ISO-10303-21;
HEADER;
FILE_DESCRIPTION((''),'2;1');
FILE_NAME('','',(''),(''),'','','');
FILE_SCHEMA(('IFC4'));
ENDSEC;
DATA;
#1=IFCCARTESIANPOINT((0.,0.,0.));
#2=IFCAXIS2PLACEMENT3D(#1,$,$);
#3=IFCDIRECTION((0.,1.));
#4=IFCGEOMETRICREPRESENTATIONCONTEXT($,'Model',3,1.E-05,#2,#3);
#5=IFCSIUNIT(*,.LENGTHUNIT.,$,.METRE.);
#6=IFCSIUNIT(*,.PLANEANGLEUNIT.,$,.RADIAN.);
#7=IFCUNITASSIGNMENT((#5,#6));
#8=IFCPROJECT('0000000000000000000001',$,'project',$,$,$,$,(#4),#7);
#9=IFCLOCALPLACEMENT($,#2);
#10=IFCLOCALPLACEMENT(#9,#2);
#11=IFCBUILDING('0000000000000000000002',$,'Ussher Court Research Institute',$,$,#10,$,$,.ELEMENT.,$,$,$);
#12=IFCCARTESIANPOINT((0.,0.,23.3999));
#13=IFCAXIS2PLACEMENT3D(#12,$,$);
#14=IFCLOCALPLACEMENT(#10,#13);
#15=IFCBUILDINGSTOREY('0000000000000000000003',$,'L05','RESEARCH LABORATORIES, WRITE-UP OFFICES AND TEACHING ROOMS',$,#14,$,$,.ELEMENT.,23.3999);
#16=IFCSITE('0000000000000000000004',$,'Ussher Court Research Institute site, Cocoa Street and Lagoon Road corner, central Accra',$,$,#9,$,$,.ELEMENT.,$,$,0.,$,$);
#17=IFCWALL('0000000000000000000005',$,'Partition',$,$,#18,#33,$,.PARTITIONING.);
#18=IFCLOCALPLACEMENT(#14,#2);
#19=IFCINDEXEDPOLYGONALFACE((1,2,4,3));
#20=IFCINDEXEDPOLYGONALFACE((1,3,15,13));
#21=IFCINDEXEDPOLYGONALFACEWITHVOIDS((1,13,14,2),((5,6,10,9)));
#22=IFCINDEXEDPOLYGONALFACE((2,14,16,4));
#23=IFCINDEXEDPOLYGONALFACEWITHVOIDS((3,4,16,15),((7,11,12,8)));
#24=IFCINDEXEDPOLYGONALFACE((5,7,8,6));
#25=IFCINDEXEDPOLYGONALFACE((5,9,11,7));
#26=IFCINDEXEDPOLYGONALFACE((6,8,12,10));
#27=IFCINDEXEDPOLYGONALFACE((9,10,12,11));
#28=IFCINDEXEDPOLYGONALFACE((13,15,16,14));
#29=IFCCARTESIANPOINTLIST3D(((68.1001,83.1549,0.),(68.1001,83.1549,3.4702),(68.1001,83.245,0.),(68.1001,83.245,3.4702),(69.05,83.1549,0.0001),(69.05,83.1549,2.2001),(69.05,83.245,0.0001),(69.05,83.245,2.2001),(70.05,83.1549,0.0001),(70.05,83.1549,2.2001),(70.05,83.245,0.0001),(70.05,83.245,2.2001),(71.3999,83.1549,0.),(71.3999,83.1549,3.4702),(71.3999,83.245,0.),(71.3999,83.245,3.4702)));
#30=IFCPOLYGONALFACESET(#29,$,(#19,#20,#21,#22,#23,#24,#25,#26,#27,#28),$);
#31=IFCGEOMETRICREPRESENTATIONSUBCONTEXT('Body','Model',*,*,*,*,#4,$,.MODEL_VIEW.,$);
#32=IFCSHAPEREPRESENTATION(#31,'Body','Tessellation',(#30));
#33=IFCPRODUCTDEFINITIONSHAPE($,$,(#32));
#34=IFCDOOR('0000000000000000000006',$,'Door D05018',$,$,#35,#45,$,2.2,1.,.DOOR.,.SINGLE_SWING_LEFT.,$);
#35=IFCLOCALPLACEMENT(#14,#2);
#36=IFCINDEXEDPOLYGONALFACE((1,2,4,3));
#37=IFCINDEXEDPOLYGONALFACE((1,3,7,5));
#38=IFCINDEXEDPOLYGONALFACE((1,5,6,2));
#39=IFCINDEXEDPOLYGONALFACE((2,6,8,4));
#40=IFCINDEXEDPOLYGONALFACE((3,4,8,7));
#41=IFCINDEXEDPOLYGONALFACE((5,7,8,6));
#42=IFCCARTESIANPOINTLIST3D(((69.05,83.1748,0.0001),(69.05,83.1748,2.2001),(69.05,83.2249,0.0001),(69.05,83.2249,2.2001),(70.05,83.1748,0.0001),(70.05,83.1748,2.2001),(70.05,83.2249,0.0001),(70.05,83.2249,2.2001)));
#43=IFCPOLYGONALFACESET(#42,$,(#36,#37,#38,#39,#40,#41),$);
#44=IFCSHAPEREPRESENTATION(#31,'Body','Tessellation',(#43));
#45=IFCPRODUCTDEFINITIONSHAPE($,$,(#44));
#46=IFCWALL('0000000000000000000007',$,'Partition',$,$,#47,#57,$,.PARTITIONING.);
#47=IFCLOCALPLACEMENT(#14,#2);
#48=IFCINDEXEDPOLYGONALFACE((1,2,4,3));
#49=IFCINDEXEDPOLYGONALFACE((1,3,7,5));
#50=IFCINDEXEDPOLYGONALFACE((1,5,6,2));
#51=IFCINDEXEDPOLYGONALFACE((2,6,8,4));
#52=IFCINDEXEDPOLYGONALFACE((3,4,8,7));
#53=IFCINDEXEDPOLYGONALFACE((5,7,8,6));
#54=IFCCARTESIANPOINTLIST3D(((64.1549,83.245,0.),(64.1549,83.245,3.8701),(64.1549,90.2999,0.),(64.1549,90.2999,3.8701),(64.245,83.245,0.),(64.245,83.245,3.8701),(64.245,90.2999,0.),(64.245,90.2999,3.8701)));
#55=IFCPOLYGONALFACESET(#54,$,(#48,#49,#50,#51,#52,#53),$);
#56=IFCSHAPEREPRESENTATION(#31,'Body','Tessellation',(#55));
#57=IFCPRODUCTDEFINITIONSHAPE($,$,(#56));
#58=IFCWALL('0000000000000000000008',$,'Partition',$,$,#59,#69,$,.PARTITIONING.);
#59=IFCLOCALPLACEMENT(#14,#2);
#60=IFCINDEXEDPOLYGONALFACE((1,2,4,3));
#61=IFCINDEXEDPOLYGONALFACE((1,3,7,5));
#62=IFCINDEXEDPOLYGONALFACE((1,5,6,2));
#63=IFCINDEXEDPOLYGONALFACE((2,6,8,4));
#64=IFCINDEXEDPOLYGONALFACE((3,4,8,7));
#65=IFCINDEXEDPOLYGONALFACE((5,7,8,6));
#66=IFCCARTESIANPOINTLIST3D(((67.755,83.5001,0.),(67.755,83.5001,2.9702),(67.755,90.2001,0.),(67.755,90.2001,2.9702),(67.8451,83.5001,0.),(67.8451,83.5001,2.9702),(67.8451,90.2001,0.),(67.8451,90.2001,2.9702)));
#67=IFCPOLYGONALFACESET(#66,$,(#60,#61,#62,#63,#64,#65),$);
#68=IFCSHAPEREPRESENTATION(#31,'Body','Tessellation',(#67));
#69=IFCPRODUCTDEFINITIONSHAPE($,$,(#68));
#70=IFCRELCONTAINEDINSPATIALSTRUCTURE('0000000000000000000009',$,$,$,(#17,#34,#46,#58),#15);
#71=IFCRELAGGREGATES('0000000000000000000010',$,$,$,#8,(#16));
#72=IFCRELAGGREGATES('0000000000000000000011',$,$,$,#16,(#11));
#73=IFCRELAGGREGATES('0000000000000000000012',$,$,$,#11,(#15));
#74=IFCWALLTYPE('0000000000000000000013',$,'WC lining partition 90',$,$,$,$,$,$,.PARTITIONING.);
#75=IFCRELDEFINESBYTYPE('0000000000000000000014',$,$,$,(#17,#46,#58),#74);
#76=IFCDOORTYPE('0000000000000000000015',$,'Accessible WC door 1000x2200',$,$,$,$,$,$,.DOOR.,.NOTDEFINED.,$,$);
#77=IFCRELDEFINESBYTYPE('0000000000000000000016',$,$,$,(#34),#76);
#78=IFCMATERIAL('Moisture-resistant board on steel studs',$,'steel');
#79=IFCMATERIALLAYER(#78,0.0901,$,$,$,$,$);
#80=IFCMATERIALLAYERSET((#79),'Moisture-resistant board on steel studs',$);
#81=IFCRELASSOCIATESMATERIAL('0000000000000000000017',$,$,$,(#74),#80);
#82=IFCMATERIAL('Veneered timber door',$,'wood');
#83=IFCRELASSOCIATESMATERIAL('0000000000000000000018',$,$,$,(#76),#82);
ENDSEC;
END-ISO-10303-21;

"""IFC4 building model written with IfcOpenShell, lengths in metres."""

from ifc_helpers import new_model, si_unit, direction, frame, frame_2d, origin, place, context, subcontext, project, spatial, rectangle, extrude, material, layer, layer_set, type_object, element, fill, save


model = new_model("IFC4")

# Units and contexts
model_context = context("Model", 3, precision=1e-05, world=origin(), true_north=direction((0.0, 1.0)))
body_context = subcontext(model_context, "Body", "Model", "MODEL_VIEW")
ifc_project = project(units=[si_unit("LENGTHUNIT", "METRE"), si_unit("PLANEANGLEUNIT", "RADIAN")], contexts=[model_context])

# Site, building, storey
site_placement = place(None, origin())
site = spatial("IfcSite", under=ifc_project, at=site_placement, Name="Ussher Court Research Institute site, Cocoa Street and Lagoon Road corner, central Accra", CompositionType="ELEMENT", RefElevation=0.0)
building_placement = place(site_placement, origin())
building = spatial("IfcBuilding", under=site, at=building_placement, Name="Ussher Court Research Institute", CompositionType="ELEMENT")
storey_placement = place(building_placement, frame((0.0, 0.0, 23.3999)))
storey = spatial("IfcBuildingStorey", under=building, at=storey_placement, Name="L05", Description="RESEARCH LABORATORIES, WRITE-UP OFFICES AND TEACHING ROOMS", CompositionType="ELEMENT", Elevation=23.3999)

# Wall, opening, door
ifc_material_1 = material(Name="Moisture-resistant board on steel studs", Category="steel")
ifc_layer_1 = layer(ifc_material_1, 0.0901)
ifc_layer_set_1 = layer_set([ifc_layer_1], Name="Moisture-resistant board on steel studs")
wall_type_1 = type_object("IfcWallType", Name="WC lining partition 90", PredefinedType="PARTITIONING", material=ifc_layer_set_1)
wall_1_placement = place(storey_placement, frame((68.1001, 83.2, 0.0), z_axis=(0.0, 0.0, 1.0), x_axis=(1.0, 0.0, 0.0)))
wall_1 = element("IfcWall", 1, at=wall_1_placement, inside=storey, type_object=wall_type_1, Name="Partition", PredefinedType="PARTITIONING", context=body_context, shape_type="SweptSolid", body=[
    extrude(rectangle(XDim=3.2998, YDim=0.0901, at=frame_2d((1.6499, 0.0))), origin(), (0.0, 0.0, 1.0), 3.4702),
])
opening_1_placement = place(wall_1_placement, frame((0.95, 0.0, 0.0)))
opening_1 = element("IfcOpeningElement", 2, at=opening_1_placement, cuts=wall_1, PredefinedType="OPENING", context=body_context, shape_type="SweptSolid", body=[
    extrude(rectangle(XDim=1.0, YDim=2.2, at=frame_2d((0.5, 1.1001))), frame((0.0, 0.0552, 0.0), z_axis=(0.0, -1.0, 0.0), x_axis=(1.0, 0.0, 0.0)), (0.0, 0.0, 1.0), 0.1101),
])
ifc_material_2 = material(Name="Veneered timber door", Category="wood")
door_type_1 = type_object("IfcDoorType", Name="Accessible WC door 1000x2200", OperationType="NOTDEFINED", PredefinedType="DOOR", material=ifc_material_2)
door_1_placement = place(opening_1_placement, origin())
door_1 = element("IfcDoor", 3, at=door_1_placement, inside=storey, type_object=door_type_1, Name="Door D05018", OperationType="SINGLE_SWING_LEFT", OverallHeight=2.2, OverallWidth=1.0, PredefinedType="DOOR", context=body_context, shape_type="SweptSolid", body=[
    extrude(rectangle(XDim=1.0, YDim=2.2, at=frame_2d((0.5, 1.1001))), frame((0.0, 0.0249, 0.0), z_axis=(0.0, -1.0, 0.0), x_axis=(1.0, 0.0, 0.0)), (0.0, 0.0, 1.0), 0.05),
])
fill(opening_1, door_1)

# Walls
wall_2_placement = place(storey_placement, frame((64.2, 83.2451, 0.0), z_axis=(0.0, 0.0, 1.0), x_axis=(0.0, 1.0, 0.0)))
element("IfcWall", 4, at=wall_2_placement, inside=storey, type_object=wall_type_1, Name="Partition", PredefinedType="PARTITIONING", context=body_context, shape_type="SweptSolid", body=[
    extrude(rectangle(XDim=7.0549, YDim=0.0901, at=frame_2d((3.5273, 0.0))), origin(), (0.0, 0.0, 1.0), 3.8701),
])
wall_3_placement = place(storey_placement, frame((67.8, 83.5, 0.0), z_axis=(0.0, 0.0, 1.0), x_axis=(0.0, 1.0, 0.0)))
element("IfcWall", 5, at=wall_3_placement, inside=storey, type_object=wall_type_1, Name="Partition", PredefinedType="PARTITIONING", context=body_context, shape_type="SweptSolid", body=[
    extrude(rectangle(XDim=6.7, YDim=0.0901, at=frame_2d((3.3501, 0.0))), origin(), (0.0, 0.0, 1.0), 2.9702),
])

save(model, "model.ifc")
